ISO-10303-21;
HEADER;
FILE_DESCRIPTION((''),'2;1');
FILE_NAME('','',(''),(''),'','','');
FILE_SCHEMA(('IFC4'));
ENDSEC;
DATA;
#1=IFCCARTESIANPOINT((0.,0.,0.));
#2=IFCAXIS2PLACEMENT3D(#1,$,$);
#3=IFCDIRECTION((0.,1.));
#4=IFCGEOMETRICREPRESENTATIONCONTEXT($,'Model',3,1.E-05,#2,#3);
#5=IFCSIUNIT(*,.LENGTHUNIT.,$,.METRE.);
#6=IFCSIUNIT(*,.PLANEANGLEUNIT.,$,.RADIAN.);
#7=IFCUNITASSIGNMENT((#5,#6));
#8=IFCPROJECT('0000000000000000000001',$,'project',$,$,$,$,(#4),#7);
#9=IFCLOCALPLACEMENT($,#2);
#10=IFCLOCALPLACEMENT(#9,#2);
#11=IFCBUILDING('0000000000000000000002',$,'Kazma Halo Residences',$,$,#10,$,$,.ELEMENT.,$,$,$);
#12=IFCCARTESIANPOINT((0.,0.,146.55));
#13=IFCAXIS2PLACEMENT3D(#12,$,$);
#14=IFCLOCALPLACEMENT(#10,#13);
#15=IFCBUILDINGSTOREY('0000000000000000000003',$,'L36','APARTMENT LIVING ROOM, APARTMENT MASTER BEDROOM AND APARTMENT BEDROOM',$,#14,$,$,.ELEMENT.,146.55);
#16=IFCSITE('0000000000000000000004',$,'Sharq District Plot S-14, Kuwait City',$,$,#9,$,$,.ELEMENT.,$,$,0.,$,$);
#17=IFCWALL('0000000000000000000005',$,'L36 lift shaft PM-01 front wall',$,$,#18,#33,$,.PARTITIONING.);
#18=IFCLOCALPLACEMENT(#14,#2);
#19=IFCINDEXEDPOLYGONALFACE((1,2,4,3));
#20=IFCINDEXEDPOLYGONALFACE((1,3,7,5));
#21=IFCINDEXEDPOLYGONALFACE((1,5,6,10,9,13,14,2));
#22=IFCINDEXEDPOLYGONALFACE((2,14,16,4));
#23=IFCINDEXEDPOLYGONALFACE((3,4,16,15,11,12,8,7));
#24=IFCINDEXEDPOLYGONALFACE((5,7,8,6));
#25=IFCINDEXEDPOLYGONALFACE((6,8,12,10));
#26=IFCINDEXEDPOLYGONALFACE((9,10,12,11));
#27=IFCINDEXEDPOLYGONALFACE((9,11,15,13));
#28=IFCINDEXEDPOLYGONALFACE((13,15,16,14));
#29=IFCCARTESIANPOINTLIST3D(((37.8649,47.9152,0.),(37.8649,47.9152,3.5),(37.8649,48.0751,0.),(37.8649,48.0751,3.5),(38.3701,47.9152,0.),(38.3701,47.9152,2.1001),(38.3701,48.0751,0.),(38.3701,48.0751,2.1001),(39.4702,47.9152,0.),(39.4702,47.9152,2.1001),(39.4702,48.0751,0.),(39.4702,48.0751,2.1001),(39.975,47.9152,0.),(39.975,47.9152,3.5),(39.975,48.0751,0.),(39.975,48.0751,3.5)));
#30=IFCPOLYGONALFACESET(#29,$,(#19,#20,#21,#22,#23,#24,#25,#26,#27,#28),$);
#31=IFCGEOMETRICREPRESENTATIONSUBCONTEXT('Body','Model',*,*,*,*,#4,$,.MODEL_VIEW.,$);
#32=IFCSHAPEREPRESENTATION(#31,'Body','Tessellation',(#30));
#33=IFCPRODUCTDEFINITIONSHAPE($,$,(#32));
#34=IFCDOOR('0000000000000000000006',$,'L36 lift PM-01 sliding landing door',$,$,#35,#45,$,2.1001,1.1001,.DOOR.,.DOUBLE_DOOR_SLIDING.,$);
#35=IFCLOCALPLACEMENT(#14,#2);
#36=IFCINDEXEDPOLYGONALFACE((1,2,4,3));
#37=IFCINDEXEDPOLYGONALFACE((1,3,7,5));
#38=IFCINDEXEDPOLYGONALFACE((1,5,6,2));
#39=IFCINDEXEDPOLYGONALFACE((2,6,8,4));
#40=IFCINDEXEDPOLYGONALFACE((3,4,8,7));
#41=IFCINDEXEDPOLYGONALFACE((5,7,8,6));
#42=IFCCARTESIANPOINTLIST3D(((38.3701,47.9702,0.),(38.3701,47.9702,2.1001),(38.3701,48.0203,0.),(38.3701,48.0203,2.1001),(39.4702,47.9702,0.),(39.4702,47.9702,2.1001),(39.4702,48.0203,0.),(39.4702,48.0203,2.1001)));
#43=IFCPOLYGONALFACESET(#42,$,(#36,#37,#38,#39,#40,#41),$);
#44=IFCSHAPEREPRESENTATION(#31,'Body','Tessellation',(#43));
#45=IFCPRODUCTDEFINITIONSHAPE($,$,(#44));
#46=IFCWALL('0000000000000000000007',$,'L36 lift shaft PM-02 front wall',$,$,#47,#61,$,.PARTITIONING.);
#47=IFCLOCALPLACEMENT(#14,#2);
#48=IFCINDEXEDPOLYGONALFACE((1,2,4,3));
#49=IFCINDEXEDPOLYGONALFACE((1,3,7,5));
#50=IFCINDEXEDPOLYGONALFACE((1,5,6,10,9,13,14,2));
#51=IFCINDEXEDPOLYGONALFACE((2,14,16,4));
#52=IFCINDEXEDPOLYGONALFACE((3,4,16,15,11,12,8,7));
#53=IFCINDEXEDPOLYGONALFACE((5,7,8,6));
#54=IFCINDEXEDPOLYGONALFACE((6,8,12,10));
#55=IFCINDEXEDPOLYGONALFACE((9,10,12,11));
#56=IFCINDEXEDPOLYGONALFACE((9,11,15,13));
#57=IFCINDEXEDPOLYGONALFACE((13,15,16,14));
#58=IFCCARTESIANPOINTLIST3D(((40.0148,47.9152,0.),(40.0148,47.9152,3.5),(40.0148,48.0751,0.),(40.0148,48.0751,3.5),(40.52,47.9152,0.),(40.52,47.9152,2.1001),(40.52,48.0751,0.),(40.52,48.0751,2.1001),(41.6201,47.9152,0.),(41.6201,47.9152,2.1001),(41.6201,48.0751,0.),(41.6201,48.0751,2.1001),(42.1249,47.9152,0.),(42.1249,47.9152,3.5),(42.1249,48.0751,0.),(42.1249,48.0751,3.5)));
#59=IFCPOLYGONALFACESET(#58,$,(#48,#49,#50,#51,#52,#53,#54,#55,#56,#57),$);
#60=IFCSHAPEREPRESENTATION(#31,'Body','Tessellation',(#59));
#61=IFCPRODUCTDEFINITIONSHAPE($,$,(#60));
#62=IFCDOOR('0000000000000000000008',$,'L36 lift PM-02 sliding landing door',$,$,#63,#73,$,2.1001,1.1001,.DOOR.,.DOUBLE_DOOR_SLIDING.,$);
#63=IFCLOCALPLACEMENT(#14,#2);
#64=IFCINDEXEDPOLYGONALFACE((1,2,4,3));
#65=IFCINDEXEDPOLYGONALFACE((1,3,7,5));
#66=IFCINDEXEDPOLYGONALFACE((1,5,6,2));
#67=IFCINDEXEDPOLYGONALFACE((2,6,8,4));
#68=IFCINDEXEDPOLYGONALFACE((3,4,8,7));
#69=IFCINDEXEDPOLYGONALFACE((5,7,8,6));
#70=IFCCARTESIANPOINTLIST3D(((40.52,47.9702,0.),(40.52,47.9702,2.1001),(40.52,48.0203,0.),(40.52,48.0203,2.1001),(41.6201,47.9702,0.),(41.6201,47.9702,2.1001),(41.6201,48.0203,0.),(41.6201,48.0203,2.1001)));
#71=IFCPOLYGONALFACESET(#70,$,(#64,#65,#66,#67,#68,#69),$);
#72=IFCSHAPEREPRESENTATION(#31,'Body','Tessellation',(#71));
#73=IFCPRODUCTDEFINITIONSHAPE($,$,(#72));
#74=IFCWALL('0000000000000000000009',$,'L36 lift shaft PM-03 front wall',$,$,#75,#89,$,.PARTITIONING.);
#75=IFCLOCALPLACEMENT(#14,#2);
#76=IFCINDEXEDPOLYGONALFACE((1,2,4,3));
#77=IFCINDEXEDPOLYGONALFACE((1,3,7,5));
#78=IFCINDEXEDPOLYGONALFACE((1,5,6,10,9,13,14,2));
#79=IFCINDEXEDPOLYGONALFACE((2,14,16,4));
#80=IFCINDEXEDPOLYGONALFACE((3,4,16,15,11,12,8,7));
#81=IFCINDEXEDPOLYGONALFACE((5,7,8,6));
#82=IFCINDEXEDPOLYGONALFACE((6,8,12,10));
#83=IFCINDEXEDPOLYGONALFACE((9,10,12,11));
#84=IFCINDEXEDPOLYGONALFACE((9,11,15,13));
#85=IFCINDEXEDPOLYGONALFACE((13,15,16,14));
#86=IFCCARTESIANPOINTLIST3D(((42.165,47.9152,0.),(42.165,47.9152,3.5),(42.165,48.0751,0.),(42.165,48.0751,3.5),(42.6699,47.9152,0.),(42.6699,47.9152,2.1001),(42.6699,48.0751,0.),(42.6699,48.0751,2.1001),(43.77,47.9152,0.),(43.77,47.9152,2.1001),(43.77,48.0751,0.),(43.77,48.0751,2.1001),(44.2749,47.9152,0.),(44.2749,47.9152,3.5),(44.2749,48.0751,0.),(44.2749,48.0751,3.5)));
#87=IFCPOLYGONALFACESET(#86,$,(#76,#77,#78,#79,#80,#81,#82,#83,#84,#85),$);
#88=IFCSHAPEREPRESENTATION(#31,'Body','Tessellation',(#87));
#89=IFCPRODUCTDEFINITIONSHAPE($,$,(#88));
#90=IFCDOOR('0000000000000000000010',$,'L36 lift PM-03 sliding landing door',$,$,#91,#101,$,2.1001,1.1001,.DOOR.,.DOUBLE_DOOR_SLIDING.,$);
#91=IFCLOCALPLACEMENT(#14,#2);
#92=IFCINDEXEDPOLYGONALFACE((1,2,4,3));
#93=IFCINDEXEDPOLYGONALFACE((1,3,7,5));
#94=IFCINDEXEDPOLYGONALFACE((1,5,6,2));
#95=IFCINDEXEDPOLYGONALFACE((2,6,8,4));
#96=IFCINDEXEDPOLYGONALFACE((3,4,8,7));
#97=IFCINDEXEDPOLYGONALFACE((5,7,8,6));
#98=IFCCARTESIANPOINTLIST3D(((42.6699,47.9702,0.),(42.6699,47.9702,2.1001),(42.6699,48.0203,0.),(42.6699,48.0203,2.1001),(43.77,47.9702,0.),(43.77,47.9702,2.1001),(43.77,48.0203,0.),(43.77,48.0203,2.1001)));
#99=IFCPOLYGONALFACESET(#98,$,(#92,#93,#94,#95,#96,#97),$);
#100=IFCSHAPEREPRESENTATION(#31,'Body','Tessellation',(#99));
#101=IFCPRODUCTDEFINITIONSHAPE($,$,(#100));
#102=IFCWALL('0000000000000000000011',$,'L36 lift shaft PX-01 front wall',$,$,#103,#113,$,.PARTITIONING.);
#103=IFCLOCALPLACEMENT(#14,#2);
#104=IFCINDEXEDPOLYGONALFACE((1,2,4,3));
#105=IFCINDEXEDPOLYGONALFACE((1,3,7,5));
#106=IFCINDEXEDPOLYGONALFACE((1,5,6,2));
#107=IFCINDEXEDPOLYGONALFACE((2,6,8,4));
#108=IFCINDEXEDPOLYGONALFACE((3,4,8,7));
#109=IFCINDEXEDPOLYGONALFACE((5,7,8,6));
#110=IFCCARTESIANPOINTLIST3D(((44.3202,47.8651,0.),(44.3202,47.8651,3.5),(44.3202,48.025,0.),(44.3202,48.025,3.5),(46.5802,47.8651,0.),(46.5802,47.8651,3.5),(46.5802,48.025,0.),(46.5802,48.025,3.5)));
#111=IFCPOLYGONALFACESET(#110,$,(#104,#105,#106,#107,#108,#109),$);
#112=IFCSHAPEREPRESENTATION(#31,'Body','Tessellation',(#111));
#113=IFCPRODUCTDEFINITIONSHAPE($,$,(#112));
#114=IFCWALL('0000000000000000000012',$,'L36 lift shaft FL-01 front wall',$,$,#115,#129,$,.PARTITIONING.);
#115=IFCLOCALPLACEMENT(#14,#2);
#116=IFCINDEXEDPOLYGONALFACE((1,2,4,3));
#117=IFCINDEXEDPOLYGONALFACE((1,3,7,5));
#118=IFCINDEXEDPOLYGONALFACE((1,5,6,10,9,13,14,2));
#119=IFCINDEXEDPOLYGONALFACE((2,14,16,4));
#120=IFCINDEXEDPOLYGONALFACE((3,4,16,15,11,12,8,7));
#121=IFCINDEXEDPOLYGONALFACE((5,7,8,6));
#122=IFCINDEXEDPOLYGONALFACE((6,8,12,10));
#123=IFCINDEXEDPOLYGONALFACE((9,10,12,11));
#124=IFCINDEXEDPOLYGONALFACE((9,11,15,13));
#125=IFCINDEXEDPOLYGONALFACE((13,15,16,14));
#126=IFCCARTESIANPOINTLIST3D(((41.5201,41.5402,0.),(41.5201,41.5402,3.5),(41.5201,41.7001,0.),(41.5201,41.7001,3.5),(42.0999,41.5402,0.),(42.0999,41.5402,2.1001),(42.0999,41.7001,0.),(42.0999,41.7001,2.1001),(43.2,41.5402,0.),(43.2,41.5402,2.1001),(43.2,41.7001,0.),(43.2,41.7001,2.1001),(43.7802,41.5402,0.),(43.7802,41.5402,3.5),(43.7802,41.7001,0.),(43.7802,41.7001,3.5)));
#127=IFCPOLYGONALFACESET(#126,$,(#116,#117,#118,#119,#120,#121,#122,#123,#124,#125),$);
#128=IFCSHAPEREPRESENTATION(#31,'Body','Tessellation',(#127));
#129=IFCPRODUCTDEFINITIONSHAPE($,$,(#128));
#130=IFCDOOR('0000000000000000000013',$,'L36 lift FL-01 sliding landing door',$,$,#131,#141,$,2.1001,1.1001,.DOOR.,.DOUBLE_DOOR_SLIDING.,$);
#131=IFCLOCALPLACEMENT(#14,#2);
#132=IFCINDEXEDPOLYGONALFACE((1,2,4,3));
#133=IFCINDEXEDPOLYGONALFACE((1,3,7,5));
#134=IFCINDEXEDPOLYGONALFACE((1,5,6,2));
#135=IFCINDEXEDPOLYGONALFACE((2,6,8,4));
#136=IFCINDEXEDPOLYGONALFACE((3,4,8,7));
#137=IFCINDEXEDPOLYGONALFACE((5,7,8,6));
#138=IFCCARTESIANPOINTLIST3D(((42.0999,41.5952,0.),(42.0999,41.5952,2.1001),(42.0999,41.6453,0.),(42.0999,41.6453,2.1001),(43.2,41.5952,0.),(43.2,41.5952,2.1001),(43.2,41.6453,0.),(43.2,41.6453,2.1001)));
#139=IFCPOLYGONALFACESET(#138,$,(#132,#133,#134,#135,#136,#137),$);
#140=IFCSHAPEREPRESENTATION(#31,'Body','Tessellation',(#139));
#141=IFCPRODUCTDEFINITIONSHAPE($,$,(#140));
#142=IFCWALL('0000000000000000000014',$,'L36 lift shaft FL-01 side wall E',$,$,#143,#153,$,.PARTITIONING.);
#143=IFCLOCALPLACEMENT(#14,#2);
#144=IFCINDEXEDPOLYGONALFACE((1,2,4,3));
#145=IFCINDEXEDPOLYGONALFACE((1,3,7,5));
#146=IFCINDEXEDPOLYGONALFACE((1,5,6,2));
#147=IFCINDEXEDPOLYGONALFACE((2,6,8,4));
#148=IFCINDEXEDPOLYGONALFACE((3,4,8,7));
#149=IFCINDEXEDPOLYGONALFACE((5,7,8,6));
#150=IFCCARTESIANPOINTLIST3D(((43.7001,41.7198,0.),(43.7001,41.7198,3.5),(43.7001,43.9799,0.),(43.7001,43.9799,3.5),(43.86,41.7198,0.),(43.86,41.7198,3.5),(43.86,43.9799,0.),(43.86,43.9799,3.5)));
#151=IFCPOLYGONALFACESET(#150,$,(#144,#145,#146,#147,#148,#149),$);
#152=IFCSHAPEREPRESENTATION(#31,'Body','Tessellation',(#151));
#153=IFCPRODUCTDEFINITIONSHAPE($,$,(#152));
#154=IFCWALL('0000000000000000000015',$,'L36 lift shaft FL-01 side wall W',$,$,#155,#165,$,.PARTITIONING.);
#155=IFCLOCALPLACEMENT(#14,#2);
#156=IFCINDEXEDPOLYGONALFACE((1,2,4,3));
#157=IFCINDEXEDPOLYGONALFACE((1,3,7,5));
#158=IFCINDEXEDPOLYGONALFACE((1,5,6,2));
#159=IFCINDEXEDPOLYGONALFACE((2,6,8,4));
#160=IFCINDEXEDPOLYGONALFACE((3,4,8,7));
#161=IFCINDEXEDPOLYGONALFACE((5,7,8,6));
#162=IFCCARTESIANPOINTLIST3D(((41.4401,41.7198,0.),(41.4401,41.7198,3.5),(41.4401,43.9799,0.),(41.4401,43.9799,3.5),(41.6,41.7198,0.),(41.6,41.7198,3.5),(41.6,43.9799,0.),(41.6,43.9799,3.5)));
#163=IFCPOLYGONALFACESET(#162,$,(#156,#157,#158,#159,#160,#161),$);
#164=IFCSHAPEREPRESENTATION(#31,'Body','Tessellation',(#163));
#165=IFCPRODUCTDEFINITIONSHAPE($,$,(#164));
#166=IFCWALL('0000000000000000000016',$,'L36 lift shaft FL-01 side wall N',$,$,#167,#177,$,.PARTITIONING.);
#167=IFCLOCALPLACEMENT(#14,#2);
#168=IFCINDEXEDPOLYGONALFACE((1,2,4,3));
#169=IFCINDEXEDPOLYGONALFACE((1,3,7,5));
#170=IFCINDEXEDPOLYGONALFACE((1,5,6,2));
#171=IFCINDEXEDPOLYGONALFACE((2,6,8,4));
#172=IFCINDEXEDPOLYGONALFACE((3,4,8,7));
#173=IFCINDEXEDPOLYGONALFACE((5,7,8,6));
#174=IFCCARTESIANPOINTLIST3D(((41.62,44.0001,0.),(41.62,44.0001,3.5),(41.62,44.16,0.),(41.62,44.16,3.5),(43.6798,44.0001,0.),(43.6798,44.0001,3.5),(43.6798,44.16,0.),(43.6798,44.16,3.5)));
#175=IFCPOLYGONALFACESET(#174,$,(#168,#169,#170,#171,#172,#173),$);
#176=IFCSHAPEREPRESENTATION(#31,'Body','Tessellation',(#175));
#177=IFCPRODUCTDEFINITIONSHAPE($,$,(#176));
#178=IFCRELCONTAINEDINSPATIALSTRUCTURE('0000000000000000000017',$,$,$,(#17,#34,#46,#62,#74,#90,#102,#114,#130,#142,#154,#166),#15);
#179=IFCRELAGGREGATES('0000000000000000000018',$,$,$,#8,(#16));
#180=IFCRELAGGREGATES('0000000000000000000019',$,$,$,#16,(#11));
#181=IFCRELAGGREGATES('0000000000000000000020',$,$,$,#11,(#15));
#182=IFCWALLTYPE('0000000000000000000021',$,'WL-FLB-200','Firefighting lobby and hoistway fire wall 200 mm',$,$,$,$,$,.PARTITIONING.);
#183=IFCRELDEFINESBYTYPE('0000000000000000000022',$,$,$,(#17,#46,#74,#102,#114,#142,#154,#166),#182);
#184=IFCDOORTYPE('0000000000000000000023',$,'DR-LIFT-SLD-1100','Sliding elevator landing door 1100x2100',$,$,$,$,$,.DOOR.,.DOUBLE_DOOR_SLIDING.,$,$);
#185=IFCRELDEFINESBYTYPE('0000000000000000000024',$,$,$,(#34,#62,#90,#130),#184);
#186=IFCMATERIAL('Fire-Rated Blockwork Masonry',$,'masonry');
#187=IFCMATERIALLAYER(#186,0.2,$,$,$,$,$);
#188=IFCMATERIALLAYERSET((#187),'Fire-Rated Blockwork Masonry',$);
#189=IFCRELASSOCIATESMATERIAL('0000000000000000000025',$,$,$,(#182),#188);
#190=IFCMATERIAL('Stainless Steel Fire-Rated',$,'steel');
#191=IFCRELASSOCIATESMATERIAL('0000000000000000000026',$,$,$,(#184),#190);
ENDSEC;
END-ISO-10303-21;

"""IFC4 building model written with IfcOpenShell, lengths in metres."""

from ifc_helpers import new_model, si_unit, direction, frame, frame_2d, origin, place, context, subcontext, project, spatial, rectangle, extrude, material, layer, layer_set, type_object, element, fill, save


model = new_model("IFC4")

# Units and contexts
model_context = context("Model", 3, precision=1e-05, world=origin(), true_north=direction((0.0, 1.0)))
body_context = subcontext(model_context, "Body", "Model", "MODEL_VIEW")
ifc_project = project(units=[si_unit("LENGTHUNIT", "METRE"), si_unit("PLANEANGLEUNIT", "RADIAN")], contexts=[model_context])

# Site, building, storey
site_placement = place(None, origin())
site = spatial("IfcSite", under=ifc_project, at=site_placement, Name="Sharq District Plot S-14, Kuwait City", CompositionType="ELEMENT", RefElevation=0.0)
building_placement = place(site_placement, origin())
building = spatial("IfcBuilding", under=site, at=building_placement, Name="Kazma Halo Residences", CompositionType="ELEMENT")
storey_placement = place(building_placement, frame((0.0, 0.0, 146.55)))
storey = spatial("IfcBuildingStorey", under=building, at=storey_placement, Name="L36", Description="APARTMENT LIVING ROOM, APARTMENT MASTER BEDROOM AND APARTMENT BEDROOM", CompositionType="ELEMENT", Elevation=146.55)

# Walls, openings, doors
ifc_material_1 = material(Name="Fire-Rated Blockwork Masonry", Category="masonry")
ifc_layer_1 = layer(ifc_material_1, 0.2)
ifc_layer_set_1 = layer_set([ifc_layer_1], Name="Fire-Rated Blockwork Masonry")
wall_type_1 = type_object("IfcWallType", Name="WL-FLB-200", Description="Firefighting lobby and hoistway fire wall 200 mm", PredefinedType="PARTITIONING", material=ifc_layer_set_1)
wall_1_placement = place(storey_placement, frame((39.9751, 47.9951, 0.0), z_axis=(0.0, 0.0, 1.0), x_axis=(-1.0, 0.0, 0.0)))
wall_1 = element("IfcWall", 1, at=wall_1_placement, inside=storey, type_object=wall_type_1, Name="L36 lift shaft PM-01 front wall", PredefinedType="PARTITIONING", context=body_context, shape_type="SweptSolid", body=[
    extrude(rectangle(XDim=2.1101, YDim=0.1599, at=frame_2d((1.0552, 0.0))), origin(), (0.0, 0.0, 1.0), 3.5),
])
opening_1_placement = place(wall_1_placement, frame((0.5049, 0.0, 0.0)))
opening_1 = element("IfcOpeningElement", 2, at=opening_1_placement, cuts=wall_1, PredefinedType="OPENING", context=body_context, shape_type="SweptSolid", body=[
    extrude(rectangle(XDim=1.1001, YDim=2.1001, at=frame_2d((0.55, 1.05))), frame((0.0, 0.0898, 0.0), z_axis=(0.0, -1.0, 0.0), x_axis=(1.0, 0.0, 0.0)), (0.0, 0.0, 1.0), 0.1799),
])
ifc_material_2 = material(Name="Stainless Steel Fire-Rated", Category="steel")
door_type_1 = type_object("IfcDoorType", Name="DR-LIFT-SLD-1100", Description="Sliding elevator landing door 1100x2100", OperationType="DOUBLE_DOOR_SLIDING", PredefinedType="DOOR", material=ifc_material_2)
door_1_placement = place(opening_1_placement, origin())
door_1 = element("IfcDoor", 3, at=door_1_placement, inside=storey, type_object=door_type_1, Name="L36 lift PM-01 sliding landing door", OperationType="DOUBLE_DOOR_SLIDING", OverallHeight=2.1001, OverallWidth=1.1001, PredefinedType="DOOR", context=body_context, shape_type="SweptSolid", body=[
    extrude(rectangle(XDim=1.1001, YDim=2.1001, at=frame_2d((0.55, 1.05))), frame((0.0, 0.0249, 0.0), z_axis=(0.0, -1.0, 0.0), x_axis=(1.0, 0.0, 0.0)), (0.0, 0.0, 1.0), 0.05),
])
fill(opening_1, door_1)
wall_2_placement = place(storey_placement, frame((42.125, 47.9951, 0.0), z_axis=(0.0, 0.0, 1.0), x_axis=(-1.0, 0.0, 0.0)))
wall_2 = element("IfcWall", 4, at=wall_2_placement, inside=storey, type_object=wall_type_1, Name="L36 lift shaft PM-02 front wall", PredefinedType="PARTITIONING", context=body_context, shape_type="SweptSolid", body=[
    extrude(rectangle(XDim=2.1101, YDim=0.1599, at=frame_2d((1.0552, 0.0))), origin(), (0.0, 0.0, 1.0), 3.5),
])
opening_2_placement = place(wall_2_placement, frame((0.5049, 0.0, 0.0)))
opening_2 = element("IfcOpeningElement", 5, at=opening_2_placement, cuts=wall_2, PredefinedType="OPENING", context=body_context, shape_type="SweptSolid", body=[
    extrude(rectangle(XDim=1.1001, YDim=2.1001, at=frame_2d((0.55, 1.05))), frame((0.0, 0.0898, 0.0), z_axis=(0.0, -1.0, 0.0), x_axis=(1.0, 0.0, 0.0)), (0.0, 0.0, 1.0), 0.1799),
])
door_2_placement = place(opening_2_placement, origin())
door_2 = element("IfcDoor", 6, at=door_2_placement, inside=storey, type_object=door_type_1, Name="L36 lift PM-02 sliding landing door", OperationType="DOUBLE_DOOR_SLIDING", OverallHeight=2.1001, OverallWidth=1.1001, PredefinedType="DOOR", context=body_context, shape_type="SweptSolid", body=[
    extrude(rectangle(XDim=1.1001, YDim=2.1001, at=frame_2d((0.55, 1.05))), frame((0.0, 0.0249, 0.0), z_axis=(0.0, -1.0, 0.0), x_axis=(1.0, 0.0, 0.0)), (0.0, 0.0, 1.0), 0.05),
])
fill(opening_2, door_2)
wall_3_placement = place(storey_placement, frame((44.2749, 47.9951, 0.0), z_axis=(0.0, 0.0, 1.0), x_axis=(-1.0, 0.0, 0.0)))
wall_3 = element("IfcWall", 7, at=wall_3_placement, inside=storey, type_object=wall_type_1, Name="L36 lift shaft PM-03 front wall", PredefinedType="PARTITIONING", context=body_context, shape_type="SweptSolid", body=[
    extrude(rectangle(XDim=2.1099, YDim=0.1599, at=frame_2d((1.0549, 0.0))), origin(), (0.0, 0.0, 1.0), 3.5),
])
opening_3_placement = place(wall_3_placement, frame((0.5049, 0.0, 0.0)))
opening_3 = element("IfcOpeningElement", 8, at=opening_3_placement, cuts=wall_3, PredefinedType="OPENING", context=body_context, shape_type="SweptSolid", body=[
    extrude(rectangle(XDim=1.1001, YDim=2.1001, at=frame_2d((0.55, 1.05))), frame((0.0, 0.0898, 0.0), z_axis=(0.0, -1.0, 0.0), x_axis=(1.0, 0.0, 0.0)), (0.0, 0.0, 1.0), 0.1799),
])
door_3_placement = place(opening_3_placement, origin())
door_3 = element("IfcDoor", 9, at=door_3_placement, inside=storey, type_object=door_type_1, Name="L36 lift PM-03 sliding landing door", OperationType="DOUBLE_DOOR_SLIDING", OverallHeight=2.1001, OverallWidth=1.1001, PredefinedType="DOOR", context=body_context, shape_type="SweptSolid", body=[
    extrude(rectangle(XDim=1.1001, YDim=2.1001, at=frame_2d((0.55, 1.05))), frame((0.0, 0.0249, 0.0), z_axis=(0.0, -1.0, 0.0), x_axis=(1.0, 0.0, 0.0)), (0.0, 0.0, 1.0), 0.05),
])
fill(opening_3, door_3)

# Wall
wall_4_placement = place(storey_placement, frame((46.5801, 47.9451, 0.0), z_axis=(0.0, 0.0, 1.0), x_axis=(-1.0, 0.0, 0.0)))
element("IfcWall", 10, at=wall_4_placement, inside=storey, type_object=wall_type_1, Name="L36 lift shaft PX-01 front wall", PredefinedType="PARTITIONING", context=body_context, shape_type="SweptSolid", body=[
    extrude(rectangle(XDim=2.26, YDim=0.1599, at=frame_2d((1.1299, 0.0))), origin(), (0.0, 0.0, 1.0), 3.5),
])

# Wall, opening, door
wall_5_placement = place(storey_placement, frame((43.78, 41.6201, 0.0), z_axis=(0.0, 0.0, 1.0), x_axis=(-1.0, 0.0, 0.0)))
wall_5 = element("IfcWall", 11, at=wall_5_placement, inside=storey, type_object=wall_type_1, Name="L36 lift shaft FL-01 front wall", PredefinedType="PARTITIONING", context=body_context, shape_type="SweptSolid", body=[
    extrude(rectangle(XDim=2.26, YDim=0.1599, at=frame_2d((1.1299, 0.0))), origin(), (0.0, 0.0, 1.0), 3.5),
])
opening_4_placement = place(wall_5_placement, frame((0.5801, 0.0, 0.0)))
opening_4 = element("IfcOpeningElement", 12, at=opening_4_placement, cuts=wall_5, PredefinedType="OPENING", context=body_context, shape_type="SweptSolid", body=[
    extrude(rectangle(XDim=1.1001, YDim=2.1001, at=frame_2d((0.55, 1.05))), frame((0.0, 0.0898, 0.0), z_axis=(0.0, -1.0, 0.0), x_axis=(1.0, 0.0, 0.0)), (0.0, 0.0, 1.0), 0.1799),
])
door_4_placement = place(opening_4_placement, origin())
door_4 = element("IfcDoor", 13, at=door_4_placement, inside=storey, type_object=door_type_1, Name="L36 lift FL-01 sliding landing door", OperationType="DOUBLE_DOOR_SLIDING", OverallHeight=2.1001, OverallWidth=1.1001, PredefinedType="DOOR", context=body_context, shape_type="SweptSolid", body=[
    extrude(rectangle(XDim=1.1001, YDim=2.1001, at=frame_2d((0.55, 1.05))), frame((0.0, 0.0249, 0.0), z_axis=(0.0, -1.0, 0.0), x_axis=(1.0, 0.0, 0.0)), (0.0, 0.0, 1.0), 0.05),
])
fill(opening_4, door_4)

# Walls
for number, where, z_axis, x_axis, name in (
    (14, (43.78, 41.72, 0.0), (0.0, 0.0, 1.0), (0.0, 1.0, 0.0), "L36 lift shaft FL-01 side wall E"),
    (15, (41.52, 41.72, 0.0), (0.0, 0.0, 1.0), (0.0, 1.0, 0.0), "L36 lift shaft FL-01 side wall W"),
):
    element("IfcWall", number, at=place(storey_placement, frame(where, z_axis=z_axis, x_axis=x_axis)), inside=storey, type_object=wall_type_1, Name=name, PredefinedType="PARTITIONING", context=body_context, shape_type="SweptSolid", body=[
        extrude(rectangle(XDim=2.26, YDim=0.1599, at=frame_2d((1.1299, 0.0))), origin(), (0.0, 0.0, 1.0), 3.5),
    ])
wall_6_placement = place(storey_placement, frame((41.6201, 44.0801, 0.0), z_axis=(0.0, 0.0, 1.0), x_axis=(1.0, 0.0, 0.0)))
element("IfcWall", 16, at=wall_6_placement, inside=storey, type_object=wall_type_1, Name="L36 lift shaft FL-01 side wall N", PredefinedType="PARTITIONING", context=body_context, shape_type="SweptSolid", body=[
    extrude(rectangle(XDim=2.0598, YDim=0.1599, at=frame_2d((1.0298, 0.0))), origin(), (0.0, 0.0, 1.0), 3.5),
])

save(model, "model.ifc")
